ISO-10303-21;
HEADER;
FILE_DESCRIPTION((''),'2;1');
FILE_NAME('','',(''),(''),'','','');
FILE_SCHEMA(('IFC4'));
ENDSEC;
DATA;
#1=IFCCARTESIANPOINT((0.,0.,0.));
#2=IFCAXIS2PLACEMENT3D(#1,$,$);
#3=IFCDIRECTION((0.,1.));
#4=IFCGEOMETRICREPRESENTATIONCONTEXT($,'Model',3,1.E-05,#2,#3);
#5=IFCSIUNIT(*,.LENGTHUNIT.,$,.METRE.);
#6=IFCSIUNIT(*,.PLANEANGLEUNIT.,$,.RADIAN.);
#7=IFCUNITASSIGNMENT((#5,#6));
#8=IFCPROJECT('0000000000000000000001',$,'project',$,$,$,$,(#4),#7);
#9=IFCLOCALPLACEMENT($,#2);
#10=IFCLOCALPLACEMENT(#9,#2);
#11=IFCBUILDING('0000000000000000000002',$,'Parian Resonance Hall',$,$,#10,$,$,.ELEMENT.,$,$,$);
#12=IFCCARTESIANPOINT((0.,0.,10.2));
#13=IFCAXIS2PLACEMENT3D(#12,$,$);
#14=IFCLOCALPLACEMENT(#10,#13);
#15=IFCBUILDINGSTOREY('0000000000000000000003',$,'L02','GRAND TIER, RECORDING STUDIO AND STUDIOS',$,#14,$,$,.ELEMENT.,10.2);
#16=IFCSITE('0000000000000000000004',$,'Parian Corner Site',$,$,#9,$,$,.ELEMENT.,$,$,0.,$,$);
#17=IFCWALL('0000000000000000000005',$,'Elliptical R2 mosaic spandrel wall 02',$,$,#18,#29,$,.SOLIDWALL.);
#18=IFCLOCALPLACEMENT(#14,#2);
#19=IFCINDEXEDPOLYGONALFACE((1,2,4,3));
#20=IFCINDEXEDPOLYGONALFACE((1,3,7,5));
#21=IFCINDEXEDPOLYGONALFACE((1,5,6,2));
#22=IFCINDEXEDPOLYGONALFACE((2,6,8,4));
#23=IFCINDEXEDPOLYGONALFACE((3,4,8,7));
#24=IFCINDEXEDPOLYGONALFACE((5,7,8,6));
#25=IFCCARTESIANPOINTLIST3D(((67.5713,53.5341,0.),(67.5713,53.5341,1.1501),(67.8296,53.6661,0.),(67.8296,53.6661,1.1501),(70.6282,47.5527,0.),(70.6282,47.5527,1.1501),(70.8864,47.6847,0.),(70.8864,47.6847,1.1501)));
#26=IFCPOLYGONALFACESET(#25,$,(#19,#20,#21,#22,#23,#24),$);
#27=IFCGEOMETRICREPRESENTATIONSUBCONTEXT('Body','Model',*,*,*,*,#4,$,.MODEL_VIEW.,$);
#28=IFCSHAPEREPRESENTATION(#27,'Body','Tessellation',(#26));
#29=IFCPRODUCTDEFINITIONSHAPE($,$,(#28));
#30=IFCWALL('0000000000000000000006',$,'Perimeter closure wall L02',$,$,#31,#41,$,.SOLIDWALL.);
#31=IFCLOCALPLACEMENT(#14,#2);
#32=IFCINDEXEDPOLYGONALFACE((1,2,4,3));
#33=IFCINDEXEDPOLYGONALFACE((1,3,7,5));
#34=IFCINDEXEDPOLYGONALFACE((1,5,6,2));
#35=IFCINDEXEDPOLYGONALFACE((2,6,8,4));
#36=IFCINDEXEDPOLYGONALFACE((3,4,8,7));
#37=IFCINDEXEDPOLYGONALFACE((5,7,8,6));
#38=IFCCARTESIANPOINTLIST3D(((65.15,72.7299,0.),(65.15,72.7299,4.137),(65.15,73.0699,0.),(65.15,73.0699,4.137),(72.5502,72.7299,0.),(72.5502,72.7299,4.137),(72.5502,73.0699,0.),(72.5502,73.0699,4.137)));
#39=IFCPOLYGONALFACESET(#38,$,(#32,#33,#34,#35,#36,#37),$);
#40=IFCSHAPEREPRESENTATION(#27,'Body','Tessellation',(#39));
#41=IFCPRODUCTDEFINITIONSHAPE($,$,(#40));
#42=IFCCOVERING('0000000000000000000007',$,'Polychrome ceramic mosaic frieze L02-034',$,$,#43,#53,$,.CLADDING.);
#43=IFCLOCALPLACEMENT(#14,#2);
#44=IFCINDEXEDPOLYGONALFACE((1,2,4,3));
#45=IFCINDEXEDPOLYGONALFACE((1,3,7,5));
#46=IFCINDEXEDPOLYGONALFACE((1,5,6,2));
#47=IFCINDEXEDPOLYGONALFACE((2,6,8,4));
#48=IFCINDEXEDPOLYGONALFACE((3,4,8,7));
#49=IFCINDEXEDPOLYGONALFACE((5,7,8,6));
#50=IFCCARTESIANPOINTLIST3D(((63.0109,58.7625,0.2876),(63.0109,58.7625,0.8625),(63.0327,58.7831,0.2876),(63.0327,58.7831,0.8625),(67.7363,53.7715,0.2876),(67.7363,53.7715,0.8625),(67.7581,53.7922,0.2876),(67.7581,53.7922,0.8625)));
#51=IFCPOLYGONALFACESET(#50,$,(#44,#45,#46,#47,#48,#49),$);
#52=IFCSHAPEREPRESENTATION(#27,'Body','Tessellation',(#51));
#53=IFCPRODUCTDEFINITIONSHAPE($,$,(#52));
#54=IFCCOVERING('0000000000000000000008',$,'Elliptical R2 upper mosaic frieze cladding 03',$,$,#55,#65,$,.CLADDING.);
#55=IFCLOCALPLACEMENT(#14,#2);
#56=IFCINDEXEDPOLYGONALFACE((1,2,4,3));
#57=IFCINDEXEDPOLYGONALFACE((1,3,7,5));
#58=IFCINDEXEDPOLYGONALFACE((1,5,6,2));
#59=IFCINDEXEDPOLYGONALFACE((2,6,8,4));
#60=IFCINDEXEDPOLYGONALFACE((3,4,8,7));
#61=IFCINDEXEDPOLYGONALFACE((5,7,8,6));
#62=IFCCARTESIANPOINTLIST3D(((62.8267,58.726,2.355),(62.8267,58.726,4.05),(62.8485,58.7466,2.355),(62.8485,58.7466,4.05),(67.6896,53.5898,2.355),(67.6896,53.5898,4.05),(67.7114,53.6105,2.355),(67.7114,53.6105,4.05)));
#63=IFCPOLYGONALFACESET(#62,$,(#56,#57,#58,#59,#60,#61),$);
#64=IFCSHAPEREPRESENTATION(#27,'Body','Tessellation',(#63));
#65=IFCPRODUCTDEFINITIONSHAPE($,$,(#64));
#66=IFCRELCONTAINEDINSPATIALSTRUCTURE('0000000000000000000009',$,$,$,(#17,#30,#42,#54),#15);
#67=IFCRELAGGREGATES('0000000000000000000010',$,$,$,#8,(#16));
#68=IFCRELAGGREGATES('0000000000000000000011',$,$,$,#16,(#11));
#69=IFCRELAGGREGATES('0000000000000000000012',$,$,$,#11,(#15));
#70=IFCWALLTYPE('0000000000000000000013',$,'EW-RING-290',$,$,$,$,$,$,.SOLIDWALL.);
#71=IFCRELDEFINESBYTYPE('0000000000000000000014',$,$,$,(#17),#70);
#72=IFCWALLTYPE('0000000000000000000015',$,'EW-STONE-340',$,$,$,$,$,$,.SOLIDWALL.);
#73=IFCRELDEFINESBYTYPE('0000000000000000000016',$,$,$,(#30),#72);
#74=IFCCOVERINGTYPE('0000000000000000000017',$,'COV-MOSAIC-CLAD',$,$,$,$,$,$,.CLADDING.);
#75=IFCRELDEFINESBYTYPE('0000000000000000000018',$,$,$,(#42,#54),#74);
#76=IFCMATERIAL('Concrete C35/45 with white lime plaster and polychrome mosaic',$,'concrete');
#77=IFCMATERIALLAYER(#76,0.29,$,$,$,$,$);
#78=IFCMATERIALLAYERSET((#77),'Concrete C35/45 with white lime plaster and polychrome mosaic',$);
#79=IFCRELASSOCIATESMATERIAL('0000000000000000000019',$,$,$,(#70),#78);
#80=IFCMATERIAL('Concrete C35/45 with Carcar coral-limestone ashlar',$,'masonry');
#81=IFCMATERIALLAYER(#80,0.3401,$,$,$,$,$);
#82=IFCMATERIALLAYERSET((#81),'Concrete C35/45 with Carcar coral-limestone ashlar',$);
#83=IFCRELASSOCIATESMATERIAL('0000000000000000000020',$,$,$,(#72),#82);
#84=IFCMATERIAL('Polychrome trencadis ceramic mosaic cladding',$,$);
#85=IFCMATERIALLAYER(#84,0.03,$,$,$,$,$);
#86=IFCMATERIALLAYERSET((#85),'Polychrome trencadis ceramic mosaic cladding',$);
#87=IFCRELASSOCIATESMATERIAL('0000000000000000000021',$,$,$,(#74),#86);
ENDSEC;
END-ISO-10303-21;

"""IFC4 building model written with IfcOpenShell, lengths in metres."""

from ifc_helpers import new_model, si_unit, direction, frame, frame_2d, origin, origin_2d, place, context, subcontext, project, spatial, rectangle, extrude, material, layer, layer_set, type_object, element, save


model = new_model("IFC4")

# Units and contexts
model_context = context("Model", 3, precision=1e-05, world=origin(), true_north=direction((0.0, 1.0)))
body_context = subcontext(model_context, "Body", "Model", "MODEL_VIEW")
ifc_project = project(units=[si_unit("LENGTHUNIT", "METRE"), si_unit("PLANEANGLEUNIT", "RADIAN")], contexts=[model_context])

# Site, building, storey
site_placement = place(None, origin())
site = spatial("IfcSite", under=ifc_project, at=site_placement, Name="Parian Corner Site", CompositionType="ELEMENT", RefElevation=0.0)
building_placement = place(site_placement, origin())
building = spatial("IfcBuilding", under=site, at=building_placement, Name="Parian Resonance Hall", CompositionType="ELEMENT")
storey_placement = place(building_placement, frame((0.0, 0.0, 10.2)))
storey = spatial("IfcBuildingStorey", under=building, at=storey_placement, Name="L02", Description="GRAND TIER, RECORDING STUDIO AND STUDIOS", CompositionType="ELEMENT", Elevation=10.2)

# Walls
ifc_material_1 = material(Name="Concrete C35/45 with white lime plaster and polychrome mosaic", Category="concrete")
ifc_layer_1 = layer(ifc_material_1, 0.29)
ifc_layer_set_1 = layer_set([ifc_layer_1], Name="Concrete C35/45 with white lime plaster and polychrome mosaic")
wall_type_1 = type_object("IfcWallType", Name="EW-RING-290", PredefinedType="SOLIDWALL", material=ifc_layer_set_1)
wall_1_placement = place(storey_placement, frame((67.7004, 53.6001, 0.0), z_axis=(0.0, 0.0, 1.0), x_axis=(0.455076, -0.890453, 0.0)))
element("IfcWall", 1, at=wall_1_placement, inside=storey, type_object=wall_type_1, Name="Elliptical R2 mosaic spandrel wall 02", PredefinedType="SOLIDWALL", context=body_context, shape_type="SweptSolid", body=[
    extrude(rectangle(XDim=6.7173, YDim=0.29, at=frame_2d((3.3586, 0.0))), origin(), (0.0, 0.0, 1.0), 1.1501),
])
ifc_material_2 = material(Name="Concrete C35/45 with Carcar coral-limestone ashlar", Category="masonry")
ifc_layer_2 = layer(ifc_material_2, 0.3401)
ifc_layer_set_2 = layer_set([ifc_layer_2], Name="Concrete C35/45 with Carcar coral-limestone ashlar")
wall_type_2 = type_object("IfcWallType", Name="EW-STONE-340", PredefinedType="SOLIDWALL", material=ifc_layer_set_2)
wall_2_placement = place(storey_placement, frame((65.1499, 72.8999, 0.0), z_axis=(0.0, 0.0, 1.0), x_axis=(1.0, 0.0, 0.0)))
element("IfcWall", 2, at=wall_2_placement, inside=storey, type_object=wall_type_2, Name="Perimeter closure wall L02", PredefinedType="SOLIDWALL", context=body_context, shape_type="SweptSolid", body=[
    extrude(rectangle(XDim=7.4001, YDim=0.3401, at=frame_2d((3.7002, 0.0))), origin(), (0.0, 0.0, 1.0), 4.137),
])

# Coverings
ifc_material_3 = material(Name="Polychrome trencadis ceramic mosaic cladding")
ifc_layer_3 = layer(ifc_material_3, 0.03)
ifc_layer_set_3 = layer_set([ifc_layer_3], Name="Polychrome trencadis ceramic mosaic cladding")
covering_type = type_object("IfcCoveringType", Name="COV-MOSAIC-CLAD", PredefinedType="CLADDING", material=ifc_layer_set_3)
covering_1_placement = place(storey_placement, frame((65.3845, 56.2773, 0.2876), z_axis=(0.0, 0.0, 1.0), x_axis=(0.687524, -0.726162, 0.0)))
element("IfcCovering", 3, at=covering_1_placement, inside=storey, type_object=covering_type, Name="Polychrome ceramic mosaic frieze L02-034", PredefinedType="CLADDING", context=body_context, shape_type="SweptSolid", body=[
    extrude(rectangle(XDim=6.873, YDim=0.03, at=origin_2d()), origin(), (0.0, 0.0, 1.0), 0.575),
])
covering_2_placement = place(storey_placement, frame((65.269, 56.1682, 2.355), z_axis=(0.0, 0.0, 1.0), x_axis=(0.687524, -0.726162, 0.0)))
element("IfcCovering", 4, at=covering_2_placement, inside=storey, type_object=covering_type, Name="Elliptical R2 upper mosaic frieze cladding 03", PredefinedType="CLADDING", context=body_context, shape_type="SweptSolid", body=[
    extrude(rectangle(XDim=7.073, YDim=0.03, at=origin_2d()), origin(), (0.0, 0.0, 1.0), 1.6951),
])

save(model, "model.ifc")
